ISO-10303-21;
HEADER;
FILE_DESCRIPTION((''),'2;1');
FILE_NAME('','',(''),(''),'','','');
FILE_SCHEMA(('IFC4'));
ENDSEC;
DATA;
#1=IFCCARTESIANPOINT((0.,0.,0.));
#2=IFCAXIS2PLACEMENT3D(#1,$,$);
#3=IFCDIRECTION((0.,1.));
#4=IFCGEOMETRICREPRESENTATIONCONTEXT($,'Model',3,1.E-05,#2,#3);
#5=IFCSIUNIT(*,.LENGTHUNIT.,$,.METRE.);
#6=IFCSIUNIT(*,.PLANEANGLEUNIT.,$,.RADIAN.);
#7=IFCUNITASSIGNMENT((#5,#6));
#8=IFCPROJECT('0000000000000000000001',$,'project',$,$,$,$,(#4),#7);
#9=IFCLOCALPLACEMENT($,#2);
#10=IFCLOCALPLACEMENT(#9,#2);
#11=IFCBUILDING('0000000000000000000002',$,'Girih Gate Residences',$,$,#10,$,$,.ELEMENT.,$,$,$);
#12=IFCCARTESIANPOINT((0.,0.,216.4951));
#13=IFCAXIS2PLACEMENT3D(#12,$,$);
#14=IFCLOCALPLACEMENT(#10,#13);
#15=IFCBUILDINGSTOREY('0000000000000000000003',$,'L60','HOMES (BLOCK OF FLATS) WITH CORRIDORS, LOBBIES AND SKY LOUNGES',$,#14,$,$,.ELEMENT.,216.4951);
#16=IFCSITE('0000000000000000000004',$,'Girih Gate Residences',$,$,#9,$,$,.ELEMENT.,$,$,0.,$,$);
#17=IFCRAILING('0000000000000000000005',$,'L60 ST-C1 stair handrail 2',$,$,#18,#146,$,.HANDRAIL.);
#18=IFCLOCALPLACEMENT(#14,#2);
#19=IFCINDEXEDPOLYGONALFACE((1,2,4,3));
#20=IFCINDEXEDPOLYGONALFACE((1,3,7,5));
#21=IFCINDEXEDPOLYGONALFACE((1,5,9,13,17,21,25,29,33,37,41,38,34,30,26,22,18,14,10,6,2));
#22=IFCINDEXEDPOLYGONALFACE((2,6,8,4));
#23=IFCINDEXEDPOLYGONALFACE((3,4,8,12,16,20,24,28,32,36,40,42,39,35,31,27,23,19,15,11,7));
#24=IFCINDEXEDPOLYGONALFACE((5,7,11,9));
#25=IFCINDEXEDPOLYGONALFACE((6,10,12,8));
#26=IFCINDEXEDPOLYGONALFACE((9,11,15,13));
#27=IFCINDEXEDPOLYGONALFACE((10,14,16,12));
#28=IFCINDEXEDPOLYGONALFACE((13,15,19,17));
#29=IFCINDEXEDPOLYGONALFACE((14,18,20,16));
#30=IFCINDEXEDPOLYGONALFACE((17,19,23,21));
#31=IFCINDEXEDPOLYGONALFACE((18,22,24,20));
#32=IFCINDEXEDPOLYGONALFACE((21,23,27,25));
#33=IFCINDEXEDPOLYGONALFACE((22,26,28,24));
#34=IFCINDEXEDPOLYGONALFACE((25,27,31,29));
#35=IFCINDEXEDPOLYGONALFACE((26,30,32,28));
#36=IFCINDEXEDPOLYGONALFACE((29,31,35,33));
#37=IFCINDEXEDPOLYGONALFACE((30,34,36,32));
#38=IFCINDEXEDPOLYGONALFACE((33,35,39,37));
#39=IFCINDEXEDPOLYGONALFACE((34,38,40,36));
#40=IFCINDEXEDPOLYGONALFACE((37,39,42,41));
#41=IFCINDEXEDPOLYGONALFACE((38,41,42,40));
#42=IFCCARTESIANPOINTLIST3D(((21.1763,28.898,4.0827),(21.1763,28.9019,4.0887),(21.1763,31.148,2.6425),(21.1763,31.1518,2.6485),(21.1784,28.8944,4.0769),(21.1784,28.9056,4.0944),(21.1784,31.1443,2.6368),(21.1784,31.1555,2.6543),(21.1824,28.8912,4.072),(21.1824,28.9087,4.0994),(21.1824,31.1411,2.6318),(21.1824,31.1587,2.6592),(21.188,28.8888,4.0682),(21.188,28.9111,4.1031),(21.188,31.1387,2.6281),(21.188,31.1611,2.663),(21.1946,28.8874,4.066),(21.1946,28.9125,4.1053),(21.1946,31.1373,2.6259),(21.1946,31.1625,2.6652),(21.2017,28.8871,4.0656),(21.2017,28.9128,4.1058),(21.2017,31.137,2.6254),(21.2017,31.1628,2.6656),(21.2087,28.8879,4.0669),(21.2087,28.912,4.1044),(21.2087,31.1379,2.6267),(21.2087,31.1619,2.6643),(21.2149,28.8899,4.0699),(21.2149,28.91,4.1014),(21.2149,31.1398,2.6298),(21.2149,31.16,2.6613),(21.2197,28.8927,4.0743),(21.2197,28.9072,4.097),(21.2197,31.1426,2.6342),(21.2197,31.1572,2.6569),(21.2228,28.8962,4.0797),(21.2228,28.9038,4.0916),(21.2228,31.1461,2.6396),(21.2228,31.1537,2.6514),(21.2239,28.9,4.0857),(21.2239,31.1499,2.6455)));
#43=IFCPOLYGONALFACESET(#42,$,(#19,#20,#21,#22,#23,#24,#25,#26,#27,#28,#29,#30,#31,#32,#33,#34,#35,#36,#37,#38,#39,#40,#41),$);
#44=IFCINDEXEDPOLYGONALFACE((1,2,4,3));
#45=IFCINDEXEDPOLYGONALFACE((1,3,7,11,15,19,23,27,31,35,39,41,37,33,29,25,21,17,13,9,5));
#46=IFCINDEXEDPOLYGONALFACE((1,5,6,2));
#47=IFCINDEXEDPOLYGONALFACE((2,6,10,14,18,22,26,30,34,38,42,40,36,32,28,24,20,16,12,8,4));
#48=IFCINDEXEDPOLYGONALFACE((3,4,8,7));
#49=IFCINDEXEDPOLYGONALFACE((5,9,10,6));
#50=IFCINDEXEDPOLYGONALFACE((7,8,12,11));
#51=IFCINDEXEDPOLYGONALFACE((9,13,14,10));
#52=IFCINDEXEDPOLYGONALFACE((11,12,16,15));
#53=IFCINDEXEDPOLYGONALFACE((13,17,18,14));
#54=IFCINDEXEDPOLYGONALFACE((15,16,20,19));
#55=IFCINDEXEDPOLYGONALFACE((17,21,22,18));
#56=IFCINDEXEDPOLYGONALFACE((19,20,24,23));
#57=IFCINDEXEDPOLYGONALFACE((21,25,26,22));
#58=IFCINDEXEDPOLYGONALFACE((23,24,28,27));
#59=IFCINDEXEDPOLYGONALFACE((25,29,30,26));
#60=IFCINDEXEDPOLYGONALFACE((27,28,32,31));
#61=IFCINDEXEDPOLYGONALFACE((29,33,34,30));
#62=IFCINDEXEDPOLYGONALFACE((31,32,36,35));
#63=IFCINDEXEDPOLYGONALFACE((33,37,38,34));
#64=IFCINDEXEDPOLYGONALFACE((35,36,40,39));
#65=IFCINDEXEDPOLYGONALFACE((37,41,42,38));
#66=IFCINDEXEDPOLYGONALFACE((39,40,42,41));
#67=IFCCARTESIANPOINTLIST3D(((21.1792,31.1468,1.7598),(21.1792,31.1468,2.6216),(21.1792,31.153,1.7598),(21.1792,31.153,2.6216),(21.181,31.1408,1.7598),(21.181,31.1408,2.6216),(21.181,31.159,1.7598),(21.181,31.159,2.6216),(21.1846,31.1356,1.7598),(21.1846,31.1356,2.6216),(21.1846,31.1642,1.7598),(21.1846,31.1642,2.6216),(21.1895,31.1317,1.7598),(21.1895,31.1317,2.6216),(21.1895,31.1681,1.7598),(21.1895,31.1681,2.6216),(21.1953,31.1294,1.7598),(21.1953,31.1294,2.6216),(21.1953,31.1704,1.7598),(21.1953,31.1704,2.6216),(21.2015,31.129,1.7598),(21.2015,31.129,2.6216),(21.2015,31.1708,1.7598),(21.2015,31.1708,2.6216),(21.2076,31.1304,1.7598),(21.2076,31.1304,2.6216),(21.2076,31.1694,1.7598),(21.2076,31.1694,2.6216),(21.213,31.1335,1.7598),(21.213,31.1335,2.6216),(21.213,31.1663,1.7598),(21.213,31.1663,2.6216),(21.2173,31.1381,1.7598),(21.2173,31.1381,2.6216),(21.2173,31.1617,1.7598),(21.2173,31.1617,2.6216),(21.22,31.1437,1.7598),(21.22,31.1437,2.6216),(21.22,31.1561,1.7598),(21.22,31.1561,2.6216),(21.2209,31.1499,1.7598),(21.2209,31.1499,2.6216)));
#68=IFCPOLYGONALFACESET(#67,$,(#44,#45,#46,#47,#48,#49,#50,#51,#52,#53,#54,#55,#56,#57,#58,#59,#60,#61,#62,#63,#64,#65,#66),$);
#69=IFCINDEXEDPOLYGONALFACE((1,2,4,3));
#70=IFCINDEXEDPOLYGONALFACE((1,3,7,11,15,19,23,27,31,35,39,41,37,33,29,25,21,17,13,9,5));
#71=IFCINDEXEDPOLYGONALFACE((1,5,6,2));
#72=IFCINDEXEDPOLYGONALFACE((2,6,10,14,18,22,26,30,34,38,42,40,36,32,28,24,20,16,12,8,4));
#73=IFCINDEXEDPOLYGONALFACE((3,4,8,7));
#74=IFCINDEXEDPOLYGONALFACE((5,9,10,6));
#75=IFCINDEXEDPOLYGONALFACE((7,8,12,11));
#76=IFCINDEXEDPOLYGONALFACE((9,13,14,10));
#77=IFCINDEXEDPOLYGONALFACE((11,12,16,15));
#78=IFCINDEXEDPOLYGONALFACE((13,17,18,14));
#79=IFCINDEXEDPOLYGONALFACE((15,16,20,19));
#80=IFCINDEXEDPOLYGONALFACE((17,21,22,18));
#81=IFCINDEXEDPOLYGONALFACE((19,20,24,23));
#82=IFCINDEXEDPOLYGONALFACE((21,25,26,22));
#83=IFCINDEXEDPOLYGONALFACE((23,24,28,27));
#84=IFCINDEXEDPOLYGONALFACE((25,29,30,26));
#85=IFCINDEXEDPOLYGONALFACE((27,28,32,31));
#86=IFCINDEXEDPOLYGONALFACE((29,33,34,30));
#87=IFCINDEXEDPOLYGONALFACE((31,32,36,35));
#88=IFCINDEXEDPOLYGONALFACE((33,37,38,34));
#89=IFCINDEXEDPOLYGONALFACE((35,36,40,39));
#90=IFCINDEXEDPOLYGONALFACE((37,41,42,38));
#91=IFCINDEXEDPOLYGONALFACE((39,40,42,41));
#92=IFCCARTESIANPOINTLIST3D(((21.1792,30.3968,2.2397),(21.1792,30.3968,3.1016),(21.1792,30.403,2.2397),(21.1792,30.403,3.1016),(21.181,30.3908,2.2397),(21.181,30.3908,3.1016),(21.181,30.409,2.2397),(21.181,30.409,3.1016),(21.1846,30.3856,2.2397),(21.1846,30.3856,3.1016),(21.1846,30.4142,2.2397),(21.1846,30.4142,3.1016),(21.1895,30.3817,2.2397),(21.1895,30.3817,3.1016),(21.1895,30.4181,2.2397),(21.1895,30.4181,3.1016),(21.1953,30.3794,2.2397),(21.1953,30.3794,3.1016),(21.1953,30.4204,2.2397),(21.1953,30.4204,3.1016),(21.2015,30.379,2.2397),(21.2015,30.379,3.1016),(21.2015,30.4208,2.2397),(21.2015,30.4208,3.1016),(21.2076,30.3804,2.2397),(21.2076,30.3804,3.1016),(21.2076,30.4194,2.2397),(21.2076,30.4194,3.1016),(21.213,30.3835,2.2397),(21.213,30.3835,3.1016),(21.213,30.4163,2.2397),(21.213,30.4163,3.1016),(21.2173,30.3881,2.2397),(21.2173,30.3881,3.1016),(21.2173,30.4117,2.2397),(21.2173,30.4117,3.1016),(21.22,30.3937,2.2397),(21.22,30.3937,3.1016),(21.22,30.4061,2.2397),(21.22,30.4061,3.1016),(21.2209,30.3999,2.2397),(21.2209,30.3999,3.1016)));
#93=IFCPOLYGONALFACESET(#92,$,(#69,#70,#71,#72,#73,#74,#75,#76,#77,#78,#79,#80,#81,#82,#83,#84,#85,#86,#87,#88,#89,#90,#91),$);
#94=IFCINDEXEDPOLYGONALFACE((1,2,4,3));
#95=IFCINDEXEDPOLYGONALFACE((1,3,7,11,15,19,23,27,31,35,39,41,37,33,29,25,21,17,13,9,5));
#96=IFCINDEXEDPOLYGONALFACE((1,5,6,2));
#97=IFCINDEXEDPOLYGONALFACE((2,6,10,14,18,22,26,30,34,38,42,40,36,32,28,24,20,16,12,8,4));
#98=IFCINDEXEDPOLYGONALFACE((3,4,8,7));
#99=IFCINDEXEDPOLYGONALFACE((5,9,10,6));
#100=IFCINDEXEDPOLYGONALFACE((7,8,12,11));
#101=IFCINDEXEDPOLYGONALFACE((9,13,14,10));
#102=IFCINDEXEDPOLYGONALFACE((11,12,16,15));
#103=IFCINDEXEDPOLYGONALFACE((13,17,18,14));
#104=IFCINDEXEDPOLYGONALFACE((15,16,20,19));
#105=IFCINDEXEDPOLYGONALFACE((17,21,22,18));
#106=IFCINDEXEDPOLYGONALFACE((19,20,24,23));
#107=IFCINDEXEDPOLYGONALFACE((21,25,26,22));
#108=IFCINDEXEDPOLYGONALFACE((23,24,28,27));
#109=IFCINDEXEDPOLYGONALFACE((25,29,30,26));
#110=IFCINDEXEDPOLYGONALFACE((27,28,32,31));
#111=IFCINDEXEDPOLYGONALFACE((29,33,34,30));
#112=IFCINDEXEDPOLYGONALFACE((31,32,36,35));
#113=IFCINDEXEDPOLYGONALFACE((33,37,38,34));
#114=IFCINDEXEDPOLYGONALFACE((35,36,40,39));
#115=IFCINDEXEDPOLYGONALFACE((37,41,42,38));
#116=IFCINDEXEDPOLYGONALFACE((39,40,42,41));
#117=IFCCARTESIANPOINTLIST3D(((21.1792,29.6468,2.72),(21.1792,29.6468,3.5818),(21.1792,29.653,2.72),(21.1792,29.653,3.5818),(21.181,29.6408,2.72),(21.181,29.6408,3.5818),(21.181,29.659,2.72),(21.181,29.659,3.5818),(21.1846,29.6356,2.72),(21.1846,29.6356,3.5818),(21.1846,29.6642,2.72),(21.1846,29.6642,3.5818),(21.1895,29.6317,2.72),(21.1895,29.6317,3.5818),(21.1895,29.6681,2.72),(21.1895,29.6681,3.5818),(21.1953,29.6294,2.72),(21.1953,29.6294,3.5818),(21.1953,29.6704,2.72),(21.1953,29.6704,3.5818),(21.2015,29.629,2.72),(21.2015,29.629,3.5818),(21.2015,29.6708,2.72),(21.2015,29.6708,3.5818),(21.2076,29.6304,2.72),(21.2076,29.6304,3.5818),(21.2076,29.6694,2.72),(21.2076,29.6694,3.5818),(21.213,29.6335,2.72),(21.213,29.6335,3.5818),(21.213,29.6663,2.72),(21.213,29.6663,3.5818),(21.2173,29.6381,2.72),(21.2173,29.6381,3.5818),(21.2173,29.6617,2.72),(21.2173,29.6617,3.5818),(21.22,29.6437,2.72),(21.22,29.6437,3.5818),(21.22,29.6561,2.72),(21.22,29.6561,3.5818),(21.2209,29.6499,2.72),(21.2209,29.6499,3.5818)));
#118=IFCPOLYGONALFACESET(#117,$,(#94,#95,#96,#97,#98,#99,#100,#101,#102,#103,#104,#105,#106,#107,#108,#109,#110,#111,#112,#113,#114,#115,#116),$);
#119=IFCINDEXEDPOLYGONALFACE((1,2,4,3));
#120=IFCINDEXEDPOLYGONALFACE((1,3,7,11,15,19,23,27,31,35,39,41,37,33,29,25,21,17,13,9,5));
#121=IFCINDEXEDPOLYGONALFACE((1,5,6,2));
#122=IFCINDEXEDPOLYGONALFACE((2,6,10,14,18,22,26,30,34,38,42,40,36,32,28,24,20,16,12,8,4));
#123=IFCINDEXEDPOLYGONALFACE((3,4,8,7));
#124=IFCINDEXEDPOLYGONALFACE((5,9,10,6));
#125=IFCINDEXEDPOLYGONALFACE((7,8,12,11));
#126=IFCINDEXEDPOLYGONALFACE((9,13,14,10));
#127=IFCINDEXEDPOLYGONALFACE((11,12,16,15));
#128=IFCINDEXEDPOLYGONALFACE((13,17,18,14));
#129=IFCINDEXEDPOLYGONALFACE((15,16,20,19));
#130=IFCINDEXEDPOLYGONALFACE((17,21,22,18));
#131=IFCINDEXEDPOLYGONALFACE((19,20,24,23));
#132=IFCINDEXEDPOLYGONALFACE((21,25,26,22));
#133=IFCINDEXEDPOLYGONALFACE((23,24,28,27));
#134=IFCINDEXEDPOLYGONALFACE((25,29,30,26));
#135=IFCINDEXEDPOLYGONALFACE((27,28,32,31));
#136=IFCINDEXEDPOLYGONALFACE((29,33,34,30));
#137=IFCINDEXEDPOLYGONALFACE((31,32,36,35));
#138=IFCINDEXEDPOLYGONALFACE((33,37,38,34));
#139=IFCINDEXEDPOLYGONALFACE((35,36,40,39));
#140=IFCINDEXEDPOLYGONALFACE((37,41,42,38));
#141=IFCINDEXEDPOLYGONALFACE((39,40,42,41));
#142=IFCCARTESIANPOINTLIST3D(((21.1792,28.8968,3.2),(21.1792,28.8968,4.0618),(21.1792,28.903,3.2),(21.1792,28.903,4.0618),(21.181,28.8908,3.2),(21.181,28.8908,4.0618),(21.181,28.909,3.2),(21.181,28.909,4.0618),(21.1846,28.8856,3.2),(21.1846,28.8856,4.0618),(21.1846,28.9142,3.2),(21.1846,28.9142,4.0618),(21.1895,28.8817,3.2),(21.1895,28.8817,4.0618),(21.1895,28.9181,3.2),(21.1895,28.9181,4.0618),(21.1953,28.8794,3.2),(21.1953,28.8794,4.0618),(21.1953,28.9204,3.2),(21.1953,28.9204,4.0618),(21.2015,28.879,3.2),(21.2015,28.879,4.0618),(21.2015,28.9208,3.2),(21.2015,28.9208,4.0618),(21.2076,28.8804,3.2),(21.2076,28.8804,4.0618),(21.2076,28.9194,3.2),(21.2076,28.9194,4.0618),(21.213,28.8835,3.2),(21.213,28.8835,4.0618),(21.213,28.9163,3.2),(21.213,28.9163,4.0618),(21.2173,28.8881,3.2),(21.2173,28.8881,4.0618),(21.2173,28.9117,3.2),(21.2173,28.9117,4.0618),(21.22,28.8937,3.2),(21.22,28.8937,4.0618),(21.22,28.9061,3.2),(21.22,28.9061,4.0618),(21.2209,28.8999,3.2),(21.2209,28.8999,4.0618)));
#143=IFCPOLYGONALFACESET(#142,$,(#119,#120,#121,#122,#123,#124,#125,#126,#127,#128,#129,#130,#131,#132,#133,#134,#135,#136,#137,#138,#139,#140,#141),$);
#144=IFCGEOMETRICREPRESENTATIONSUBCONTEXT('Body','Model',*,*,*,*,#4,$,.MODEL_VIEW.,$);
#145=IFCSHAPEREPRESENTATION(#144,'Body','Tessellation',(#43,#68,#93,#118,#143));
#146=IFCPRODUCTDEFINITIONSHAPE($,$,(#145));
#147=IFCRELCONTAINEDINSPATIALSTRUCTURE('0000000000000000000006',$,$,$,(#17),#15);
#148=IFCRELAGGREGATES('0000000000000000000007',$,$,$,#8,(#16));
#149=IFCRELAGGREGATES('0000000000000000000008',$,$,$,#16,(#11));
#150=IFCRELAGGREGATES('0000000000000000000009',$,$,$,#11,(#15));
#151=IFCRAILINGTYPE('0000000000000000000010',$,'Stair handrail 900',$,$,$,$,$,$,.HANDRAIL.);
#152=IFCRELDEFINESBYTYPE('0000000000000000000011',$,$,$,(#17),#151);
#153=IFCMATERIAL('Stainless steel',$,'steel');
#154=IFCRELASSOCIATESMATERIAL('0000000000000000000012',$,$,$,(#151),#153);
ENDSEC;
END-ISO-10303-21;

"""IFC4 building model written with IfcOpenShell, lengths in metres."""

from ifc_helpers import new_model, si_unit, direction, frame, origin, origin_2d, place, context, subcontext, project, spatial, circle, extrude, material, type_object, element, save


model = new_model("IFC4")

# Units and contexts
model_context = context("Model", 3, precision=1e-05, world=origin(), true_north=direction((0.0, 1.0)))
body_context = subcontext(model_context, "Body", "Model", "MODEL_VIEW")
ifc_project = project(units=[si_unit("LENGTHUNIT", "METRE"), si_unit("PLANEANGLEUNIT", "RADIAN")], contexts=[model_context])

# Site, building, storey
site_placement = place(None, origin())
site = spatial("IfcSite", under=ifc_project, at=site_placement, Name="Girih Gate Residences", CompositionType="ELEMENT", RefElevation=0.0)
building_placement = place(site_placement, origin())
building = spatial("IfcBuilding", under=site, at=building_placement, Name="Girih Gate Residences", CompositionType="ELEMENT")
storey_placement = place(building_placement, frame((0.0, 0.0, 216.4951)))
storey = spatial("IfcBuildingStorey", under=building, at=storey_placement, Name="L60", Description="HOMES (BLOCK OF FLATS) WITH CORRIDORS, LOBBIES AND SKY LOUNGES", CompositionType="ELEMENT", Elevation=216.4951)

# Railing
ifc_material_1 = material(Name="Stainless steel", Category="steel")
railing_type_1 = type_object("IfcRailingType", Name="Stair handrail 900", PredefinedType="HANDRAIL", material=ifc_material_1)
railing_1_placement = place(storey_placement, frame((21.2, 31.1499, 1.7598)))
element("IfcRailing", 1, at=railing_1_placement, inside=storey, type_object=railing_type_1, Name="L60 ST-C1 stair handrail 2", PredefinedType="HANDRAIL", context=body_context, shape_type="SweptSolid", body=[
    extrude(circle(Radius=0.0239, at=origin_2d()), frame((0.0, 0.0, 0.8857), z_axis=(0.0, -0.84224, 0.539103), x_axis=(1.0, 0.0, 0.0)), (0.0, 0.0, 1.0), 2.6714),
    extrude(circle(Radius=0.021, at=origin_2d()), origin(), (0.0, 0.0, 1.0), 0.8618),
    extrude(circle(Radius=0.021, at=origin_2d()), frame((0.0, -0.75, 0.48)), (0.0, 0.0, 1.0), 0.8618),
    extrude(circle(Radius=0.021, at=origin_2d()), frame((0.0, -1.5, 0.9602)), (0.0, 0.0, 1.0), 0.8618),
    extrude(circle(Radius=0.021, at=origin_2d()), frame((0.0, -2.25, 1.4402)), (0.0, 0.0, 1.0), 0.8618),
])

save(model, "model.ifc")
